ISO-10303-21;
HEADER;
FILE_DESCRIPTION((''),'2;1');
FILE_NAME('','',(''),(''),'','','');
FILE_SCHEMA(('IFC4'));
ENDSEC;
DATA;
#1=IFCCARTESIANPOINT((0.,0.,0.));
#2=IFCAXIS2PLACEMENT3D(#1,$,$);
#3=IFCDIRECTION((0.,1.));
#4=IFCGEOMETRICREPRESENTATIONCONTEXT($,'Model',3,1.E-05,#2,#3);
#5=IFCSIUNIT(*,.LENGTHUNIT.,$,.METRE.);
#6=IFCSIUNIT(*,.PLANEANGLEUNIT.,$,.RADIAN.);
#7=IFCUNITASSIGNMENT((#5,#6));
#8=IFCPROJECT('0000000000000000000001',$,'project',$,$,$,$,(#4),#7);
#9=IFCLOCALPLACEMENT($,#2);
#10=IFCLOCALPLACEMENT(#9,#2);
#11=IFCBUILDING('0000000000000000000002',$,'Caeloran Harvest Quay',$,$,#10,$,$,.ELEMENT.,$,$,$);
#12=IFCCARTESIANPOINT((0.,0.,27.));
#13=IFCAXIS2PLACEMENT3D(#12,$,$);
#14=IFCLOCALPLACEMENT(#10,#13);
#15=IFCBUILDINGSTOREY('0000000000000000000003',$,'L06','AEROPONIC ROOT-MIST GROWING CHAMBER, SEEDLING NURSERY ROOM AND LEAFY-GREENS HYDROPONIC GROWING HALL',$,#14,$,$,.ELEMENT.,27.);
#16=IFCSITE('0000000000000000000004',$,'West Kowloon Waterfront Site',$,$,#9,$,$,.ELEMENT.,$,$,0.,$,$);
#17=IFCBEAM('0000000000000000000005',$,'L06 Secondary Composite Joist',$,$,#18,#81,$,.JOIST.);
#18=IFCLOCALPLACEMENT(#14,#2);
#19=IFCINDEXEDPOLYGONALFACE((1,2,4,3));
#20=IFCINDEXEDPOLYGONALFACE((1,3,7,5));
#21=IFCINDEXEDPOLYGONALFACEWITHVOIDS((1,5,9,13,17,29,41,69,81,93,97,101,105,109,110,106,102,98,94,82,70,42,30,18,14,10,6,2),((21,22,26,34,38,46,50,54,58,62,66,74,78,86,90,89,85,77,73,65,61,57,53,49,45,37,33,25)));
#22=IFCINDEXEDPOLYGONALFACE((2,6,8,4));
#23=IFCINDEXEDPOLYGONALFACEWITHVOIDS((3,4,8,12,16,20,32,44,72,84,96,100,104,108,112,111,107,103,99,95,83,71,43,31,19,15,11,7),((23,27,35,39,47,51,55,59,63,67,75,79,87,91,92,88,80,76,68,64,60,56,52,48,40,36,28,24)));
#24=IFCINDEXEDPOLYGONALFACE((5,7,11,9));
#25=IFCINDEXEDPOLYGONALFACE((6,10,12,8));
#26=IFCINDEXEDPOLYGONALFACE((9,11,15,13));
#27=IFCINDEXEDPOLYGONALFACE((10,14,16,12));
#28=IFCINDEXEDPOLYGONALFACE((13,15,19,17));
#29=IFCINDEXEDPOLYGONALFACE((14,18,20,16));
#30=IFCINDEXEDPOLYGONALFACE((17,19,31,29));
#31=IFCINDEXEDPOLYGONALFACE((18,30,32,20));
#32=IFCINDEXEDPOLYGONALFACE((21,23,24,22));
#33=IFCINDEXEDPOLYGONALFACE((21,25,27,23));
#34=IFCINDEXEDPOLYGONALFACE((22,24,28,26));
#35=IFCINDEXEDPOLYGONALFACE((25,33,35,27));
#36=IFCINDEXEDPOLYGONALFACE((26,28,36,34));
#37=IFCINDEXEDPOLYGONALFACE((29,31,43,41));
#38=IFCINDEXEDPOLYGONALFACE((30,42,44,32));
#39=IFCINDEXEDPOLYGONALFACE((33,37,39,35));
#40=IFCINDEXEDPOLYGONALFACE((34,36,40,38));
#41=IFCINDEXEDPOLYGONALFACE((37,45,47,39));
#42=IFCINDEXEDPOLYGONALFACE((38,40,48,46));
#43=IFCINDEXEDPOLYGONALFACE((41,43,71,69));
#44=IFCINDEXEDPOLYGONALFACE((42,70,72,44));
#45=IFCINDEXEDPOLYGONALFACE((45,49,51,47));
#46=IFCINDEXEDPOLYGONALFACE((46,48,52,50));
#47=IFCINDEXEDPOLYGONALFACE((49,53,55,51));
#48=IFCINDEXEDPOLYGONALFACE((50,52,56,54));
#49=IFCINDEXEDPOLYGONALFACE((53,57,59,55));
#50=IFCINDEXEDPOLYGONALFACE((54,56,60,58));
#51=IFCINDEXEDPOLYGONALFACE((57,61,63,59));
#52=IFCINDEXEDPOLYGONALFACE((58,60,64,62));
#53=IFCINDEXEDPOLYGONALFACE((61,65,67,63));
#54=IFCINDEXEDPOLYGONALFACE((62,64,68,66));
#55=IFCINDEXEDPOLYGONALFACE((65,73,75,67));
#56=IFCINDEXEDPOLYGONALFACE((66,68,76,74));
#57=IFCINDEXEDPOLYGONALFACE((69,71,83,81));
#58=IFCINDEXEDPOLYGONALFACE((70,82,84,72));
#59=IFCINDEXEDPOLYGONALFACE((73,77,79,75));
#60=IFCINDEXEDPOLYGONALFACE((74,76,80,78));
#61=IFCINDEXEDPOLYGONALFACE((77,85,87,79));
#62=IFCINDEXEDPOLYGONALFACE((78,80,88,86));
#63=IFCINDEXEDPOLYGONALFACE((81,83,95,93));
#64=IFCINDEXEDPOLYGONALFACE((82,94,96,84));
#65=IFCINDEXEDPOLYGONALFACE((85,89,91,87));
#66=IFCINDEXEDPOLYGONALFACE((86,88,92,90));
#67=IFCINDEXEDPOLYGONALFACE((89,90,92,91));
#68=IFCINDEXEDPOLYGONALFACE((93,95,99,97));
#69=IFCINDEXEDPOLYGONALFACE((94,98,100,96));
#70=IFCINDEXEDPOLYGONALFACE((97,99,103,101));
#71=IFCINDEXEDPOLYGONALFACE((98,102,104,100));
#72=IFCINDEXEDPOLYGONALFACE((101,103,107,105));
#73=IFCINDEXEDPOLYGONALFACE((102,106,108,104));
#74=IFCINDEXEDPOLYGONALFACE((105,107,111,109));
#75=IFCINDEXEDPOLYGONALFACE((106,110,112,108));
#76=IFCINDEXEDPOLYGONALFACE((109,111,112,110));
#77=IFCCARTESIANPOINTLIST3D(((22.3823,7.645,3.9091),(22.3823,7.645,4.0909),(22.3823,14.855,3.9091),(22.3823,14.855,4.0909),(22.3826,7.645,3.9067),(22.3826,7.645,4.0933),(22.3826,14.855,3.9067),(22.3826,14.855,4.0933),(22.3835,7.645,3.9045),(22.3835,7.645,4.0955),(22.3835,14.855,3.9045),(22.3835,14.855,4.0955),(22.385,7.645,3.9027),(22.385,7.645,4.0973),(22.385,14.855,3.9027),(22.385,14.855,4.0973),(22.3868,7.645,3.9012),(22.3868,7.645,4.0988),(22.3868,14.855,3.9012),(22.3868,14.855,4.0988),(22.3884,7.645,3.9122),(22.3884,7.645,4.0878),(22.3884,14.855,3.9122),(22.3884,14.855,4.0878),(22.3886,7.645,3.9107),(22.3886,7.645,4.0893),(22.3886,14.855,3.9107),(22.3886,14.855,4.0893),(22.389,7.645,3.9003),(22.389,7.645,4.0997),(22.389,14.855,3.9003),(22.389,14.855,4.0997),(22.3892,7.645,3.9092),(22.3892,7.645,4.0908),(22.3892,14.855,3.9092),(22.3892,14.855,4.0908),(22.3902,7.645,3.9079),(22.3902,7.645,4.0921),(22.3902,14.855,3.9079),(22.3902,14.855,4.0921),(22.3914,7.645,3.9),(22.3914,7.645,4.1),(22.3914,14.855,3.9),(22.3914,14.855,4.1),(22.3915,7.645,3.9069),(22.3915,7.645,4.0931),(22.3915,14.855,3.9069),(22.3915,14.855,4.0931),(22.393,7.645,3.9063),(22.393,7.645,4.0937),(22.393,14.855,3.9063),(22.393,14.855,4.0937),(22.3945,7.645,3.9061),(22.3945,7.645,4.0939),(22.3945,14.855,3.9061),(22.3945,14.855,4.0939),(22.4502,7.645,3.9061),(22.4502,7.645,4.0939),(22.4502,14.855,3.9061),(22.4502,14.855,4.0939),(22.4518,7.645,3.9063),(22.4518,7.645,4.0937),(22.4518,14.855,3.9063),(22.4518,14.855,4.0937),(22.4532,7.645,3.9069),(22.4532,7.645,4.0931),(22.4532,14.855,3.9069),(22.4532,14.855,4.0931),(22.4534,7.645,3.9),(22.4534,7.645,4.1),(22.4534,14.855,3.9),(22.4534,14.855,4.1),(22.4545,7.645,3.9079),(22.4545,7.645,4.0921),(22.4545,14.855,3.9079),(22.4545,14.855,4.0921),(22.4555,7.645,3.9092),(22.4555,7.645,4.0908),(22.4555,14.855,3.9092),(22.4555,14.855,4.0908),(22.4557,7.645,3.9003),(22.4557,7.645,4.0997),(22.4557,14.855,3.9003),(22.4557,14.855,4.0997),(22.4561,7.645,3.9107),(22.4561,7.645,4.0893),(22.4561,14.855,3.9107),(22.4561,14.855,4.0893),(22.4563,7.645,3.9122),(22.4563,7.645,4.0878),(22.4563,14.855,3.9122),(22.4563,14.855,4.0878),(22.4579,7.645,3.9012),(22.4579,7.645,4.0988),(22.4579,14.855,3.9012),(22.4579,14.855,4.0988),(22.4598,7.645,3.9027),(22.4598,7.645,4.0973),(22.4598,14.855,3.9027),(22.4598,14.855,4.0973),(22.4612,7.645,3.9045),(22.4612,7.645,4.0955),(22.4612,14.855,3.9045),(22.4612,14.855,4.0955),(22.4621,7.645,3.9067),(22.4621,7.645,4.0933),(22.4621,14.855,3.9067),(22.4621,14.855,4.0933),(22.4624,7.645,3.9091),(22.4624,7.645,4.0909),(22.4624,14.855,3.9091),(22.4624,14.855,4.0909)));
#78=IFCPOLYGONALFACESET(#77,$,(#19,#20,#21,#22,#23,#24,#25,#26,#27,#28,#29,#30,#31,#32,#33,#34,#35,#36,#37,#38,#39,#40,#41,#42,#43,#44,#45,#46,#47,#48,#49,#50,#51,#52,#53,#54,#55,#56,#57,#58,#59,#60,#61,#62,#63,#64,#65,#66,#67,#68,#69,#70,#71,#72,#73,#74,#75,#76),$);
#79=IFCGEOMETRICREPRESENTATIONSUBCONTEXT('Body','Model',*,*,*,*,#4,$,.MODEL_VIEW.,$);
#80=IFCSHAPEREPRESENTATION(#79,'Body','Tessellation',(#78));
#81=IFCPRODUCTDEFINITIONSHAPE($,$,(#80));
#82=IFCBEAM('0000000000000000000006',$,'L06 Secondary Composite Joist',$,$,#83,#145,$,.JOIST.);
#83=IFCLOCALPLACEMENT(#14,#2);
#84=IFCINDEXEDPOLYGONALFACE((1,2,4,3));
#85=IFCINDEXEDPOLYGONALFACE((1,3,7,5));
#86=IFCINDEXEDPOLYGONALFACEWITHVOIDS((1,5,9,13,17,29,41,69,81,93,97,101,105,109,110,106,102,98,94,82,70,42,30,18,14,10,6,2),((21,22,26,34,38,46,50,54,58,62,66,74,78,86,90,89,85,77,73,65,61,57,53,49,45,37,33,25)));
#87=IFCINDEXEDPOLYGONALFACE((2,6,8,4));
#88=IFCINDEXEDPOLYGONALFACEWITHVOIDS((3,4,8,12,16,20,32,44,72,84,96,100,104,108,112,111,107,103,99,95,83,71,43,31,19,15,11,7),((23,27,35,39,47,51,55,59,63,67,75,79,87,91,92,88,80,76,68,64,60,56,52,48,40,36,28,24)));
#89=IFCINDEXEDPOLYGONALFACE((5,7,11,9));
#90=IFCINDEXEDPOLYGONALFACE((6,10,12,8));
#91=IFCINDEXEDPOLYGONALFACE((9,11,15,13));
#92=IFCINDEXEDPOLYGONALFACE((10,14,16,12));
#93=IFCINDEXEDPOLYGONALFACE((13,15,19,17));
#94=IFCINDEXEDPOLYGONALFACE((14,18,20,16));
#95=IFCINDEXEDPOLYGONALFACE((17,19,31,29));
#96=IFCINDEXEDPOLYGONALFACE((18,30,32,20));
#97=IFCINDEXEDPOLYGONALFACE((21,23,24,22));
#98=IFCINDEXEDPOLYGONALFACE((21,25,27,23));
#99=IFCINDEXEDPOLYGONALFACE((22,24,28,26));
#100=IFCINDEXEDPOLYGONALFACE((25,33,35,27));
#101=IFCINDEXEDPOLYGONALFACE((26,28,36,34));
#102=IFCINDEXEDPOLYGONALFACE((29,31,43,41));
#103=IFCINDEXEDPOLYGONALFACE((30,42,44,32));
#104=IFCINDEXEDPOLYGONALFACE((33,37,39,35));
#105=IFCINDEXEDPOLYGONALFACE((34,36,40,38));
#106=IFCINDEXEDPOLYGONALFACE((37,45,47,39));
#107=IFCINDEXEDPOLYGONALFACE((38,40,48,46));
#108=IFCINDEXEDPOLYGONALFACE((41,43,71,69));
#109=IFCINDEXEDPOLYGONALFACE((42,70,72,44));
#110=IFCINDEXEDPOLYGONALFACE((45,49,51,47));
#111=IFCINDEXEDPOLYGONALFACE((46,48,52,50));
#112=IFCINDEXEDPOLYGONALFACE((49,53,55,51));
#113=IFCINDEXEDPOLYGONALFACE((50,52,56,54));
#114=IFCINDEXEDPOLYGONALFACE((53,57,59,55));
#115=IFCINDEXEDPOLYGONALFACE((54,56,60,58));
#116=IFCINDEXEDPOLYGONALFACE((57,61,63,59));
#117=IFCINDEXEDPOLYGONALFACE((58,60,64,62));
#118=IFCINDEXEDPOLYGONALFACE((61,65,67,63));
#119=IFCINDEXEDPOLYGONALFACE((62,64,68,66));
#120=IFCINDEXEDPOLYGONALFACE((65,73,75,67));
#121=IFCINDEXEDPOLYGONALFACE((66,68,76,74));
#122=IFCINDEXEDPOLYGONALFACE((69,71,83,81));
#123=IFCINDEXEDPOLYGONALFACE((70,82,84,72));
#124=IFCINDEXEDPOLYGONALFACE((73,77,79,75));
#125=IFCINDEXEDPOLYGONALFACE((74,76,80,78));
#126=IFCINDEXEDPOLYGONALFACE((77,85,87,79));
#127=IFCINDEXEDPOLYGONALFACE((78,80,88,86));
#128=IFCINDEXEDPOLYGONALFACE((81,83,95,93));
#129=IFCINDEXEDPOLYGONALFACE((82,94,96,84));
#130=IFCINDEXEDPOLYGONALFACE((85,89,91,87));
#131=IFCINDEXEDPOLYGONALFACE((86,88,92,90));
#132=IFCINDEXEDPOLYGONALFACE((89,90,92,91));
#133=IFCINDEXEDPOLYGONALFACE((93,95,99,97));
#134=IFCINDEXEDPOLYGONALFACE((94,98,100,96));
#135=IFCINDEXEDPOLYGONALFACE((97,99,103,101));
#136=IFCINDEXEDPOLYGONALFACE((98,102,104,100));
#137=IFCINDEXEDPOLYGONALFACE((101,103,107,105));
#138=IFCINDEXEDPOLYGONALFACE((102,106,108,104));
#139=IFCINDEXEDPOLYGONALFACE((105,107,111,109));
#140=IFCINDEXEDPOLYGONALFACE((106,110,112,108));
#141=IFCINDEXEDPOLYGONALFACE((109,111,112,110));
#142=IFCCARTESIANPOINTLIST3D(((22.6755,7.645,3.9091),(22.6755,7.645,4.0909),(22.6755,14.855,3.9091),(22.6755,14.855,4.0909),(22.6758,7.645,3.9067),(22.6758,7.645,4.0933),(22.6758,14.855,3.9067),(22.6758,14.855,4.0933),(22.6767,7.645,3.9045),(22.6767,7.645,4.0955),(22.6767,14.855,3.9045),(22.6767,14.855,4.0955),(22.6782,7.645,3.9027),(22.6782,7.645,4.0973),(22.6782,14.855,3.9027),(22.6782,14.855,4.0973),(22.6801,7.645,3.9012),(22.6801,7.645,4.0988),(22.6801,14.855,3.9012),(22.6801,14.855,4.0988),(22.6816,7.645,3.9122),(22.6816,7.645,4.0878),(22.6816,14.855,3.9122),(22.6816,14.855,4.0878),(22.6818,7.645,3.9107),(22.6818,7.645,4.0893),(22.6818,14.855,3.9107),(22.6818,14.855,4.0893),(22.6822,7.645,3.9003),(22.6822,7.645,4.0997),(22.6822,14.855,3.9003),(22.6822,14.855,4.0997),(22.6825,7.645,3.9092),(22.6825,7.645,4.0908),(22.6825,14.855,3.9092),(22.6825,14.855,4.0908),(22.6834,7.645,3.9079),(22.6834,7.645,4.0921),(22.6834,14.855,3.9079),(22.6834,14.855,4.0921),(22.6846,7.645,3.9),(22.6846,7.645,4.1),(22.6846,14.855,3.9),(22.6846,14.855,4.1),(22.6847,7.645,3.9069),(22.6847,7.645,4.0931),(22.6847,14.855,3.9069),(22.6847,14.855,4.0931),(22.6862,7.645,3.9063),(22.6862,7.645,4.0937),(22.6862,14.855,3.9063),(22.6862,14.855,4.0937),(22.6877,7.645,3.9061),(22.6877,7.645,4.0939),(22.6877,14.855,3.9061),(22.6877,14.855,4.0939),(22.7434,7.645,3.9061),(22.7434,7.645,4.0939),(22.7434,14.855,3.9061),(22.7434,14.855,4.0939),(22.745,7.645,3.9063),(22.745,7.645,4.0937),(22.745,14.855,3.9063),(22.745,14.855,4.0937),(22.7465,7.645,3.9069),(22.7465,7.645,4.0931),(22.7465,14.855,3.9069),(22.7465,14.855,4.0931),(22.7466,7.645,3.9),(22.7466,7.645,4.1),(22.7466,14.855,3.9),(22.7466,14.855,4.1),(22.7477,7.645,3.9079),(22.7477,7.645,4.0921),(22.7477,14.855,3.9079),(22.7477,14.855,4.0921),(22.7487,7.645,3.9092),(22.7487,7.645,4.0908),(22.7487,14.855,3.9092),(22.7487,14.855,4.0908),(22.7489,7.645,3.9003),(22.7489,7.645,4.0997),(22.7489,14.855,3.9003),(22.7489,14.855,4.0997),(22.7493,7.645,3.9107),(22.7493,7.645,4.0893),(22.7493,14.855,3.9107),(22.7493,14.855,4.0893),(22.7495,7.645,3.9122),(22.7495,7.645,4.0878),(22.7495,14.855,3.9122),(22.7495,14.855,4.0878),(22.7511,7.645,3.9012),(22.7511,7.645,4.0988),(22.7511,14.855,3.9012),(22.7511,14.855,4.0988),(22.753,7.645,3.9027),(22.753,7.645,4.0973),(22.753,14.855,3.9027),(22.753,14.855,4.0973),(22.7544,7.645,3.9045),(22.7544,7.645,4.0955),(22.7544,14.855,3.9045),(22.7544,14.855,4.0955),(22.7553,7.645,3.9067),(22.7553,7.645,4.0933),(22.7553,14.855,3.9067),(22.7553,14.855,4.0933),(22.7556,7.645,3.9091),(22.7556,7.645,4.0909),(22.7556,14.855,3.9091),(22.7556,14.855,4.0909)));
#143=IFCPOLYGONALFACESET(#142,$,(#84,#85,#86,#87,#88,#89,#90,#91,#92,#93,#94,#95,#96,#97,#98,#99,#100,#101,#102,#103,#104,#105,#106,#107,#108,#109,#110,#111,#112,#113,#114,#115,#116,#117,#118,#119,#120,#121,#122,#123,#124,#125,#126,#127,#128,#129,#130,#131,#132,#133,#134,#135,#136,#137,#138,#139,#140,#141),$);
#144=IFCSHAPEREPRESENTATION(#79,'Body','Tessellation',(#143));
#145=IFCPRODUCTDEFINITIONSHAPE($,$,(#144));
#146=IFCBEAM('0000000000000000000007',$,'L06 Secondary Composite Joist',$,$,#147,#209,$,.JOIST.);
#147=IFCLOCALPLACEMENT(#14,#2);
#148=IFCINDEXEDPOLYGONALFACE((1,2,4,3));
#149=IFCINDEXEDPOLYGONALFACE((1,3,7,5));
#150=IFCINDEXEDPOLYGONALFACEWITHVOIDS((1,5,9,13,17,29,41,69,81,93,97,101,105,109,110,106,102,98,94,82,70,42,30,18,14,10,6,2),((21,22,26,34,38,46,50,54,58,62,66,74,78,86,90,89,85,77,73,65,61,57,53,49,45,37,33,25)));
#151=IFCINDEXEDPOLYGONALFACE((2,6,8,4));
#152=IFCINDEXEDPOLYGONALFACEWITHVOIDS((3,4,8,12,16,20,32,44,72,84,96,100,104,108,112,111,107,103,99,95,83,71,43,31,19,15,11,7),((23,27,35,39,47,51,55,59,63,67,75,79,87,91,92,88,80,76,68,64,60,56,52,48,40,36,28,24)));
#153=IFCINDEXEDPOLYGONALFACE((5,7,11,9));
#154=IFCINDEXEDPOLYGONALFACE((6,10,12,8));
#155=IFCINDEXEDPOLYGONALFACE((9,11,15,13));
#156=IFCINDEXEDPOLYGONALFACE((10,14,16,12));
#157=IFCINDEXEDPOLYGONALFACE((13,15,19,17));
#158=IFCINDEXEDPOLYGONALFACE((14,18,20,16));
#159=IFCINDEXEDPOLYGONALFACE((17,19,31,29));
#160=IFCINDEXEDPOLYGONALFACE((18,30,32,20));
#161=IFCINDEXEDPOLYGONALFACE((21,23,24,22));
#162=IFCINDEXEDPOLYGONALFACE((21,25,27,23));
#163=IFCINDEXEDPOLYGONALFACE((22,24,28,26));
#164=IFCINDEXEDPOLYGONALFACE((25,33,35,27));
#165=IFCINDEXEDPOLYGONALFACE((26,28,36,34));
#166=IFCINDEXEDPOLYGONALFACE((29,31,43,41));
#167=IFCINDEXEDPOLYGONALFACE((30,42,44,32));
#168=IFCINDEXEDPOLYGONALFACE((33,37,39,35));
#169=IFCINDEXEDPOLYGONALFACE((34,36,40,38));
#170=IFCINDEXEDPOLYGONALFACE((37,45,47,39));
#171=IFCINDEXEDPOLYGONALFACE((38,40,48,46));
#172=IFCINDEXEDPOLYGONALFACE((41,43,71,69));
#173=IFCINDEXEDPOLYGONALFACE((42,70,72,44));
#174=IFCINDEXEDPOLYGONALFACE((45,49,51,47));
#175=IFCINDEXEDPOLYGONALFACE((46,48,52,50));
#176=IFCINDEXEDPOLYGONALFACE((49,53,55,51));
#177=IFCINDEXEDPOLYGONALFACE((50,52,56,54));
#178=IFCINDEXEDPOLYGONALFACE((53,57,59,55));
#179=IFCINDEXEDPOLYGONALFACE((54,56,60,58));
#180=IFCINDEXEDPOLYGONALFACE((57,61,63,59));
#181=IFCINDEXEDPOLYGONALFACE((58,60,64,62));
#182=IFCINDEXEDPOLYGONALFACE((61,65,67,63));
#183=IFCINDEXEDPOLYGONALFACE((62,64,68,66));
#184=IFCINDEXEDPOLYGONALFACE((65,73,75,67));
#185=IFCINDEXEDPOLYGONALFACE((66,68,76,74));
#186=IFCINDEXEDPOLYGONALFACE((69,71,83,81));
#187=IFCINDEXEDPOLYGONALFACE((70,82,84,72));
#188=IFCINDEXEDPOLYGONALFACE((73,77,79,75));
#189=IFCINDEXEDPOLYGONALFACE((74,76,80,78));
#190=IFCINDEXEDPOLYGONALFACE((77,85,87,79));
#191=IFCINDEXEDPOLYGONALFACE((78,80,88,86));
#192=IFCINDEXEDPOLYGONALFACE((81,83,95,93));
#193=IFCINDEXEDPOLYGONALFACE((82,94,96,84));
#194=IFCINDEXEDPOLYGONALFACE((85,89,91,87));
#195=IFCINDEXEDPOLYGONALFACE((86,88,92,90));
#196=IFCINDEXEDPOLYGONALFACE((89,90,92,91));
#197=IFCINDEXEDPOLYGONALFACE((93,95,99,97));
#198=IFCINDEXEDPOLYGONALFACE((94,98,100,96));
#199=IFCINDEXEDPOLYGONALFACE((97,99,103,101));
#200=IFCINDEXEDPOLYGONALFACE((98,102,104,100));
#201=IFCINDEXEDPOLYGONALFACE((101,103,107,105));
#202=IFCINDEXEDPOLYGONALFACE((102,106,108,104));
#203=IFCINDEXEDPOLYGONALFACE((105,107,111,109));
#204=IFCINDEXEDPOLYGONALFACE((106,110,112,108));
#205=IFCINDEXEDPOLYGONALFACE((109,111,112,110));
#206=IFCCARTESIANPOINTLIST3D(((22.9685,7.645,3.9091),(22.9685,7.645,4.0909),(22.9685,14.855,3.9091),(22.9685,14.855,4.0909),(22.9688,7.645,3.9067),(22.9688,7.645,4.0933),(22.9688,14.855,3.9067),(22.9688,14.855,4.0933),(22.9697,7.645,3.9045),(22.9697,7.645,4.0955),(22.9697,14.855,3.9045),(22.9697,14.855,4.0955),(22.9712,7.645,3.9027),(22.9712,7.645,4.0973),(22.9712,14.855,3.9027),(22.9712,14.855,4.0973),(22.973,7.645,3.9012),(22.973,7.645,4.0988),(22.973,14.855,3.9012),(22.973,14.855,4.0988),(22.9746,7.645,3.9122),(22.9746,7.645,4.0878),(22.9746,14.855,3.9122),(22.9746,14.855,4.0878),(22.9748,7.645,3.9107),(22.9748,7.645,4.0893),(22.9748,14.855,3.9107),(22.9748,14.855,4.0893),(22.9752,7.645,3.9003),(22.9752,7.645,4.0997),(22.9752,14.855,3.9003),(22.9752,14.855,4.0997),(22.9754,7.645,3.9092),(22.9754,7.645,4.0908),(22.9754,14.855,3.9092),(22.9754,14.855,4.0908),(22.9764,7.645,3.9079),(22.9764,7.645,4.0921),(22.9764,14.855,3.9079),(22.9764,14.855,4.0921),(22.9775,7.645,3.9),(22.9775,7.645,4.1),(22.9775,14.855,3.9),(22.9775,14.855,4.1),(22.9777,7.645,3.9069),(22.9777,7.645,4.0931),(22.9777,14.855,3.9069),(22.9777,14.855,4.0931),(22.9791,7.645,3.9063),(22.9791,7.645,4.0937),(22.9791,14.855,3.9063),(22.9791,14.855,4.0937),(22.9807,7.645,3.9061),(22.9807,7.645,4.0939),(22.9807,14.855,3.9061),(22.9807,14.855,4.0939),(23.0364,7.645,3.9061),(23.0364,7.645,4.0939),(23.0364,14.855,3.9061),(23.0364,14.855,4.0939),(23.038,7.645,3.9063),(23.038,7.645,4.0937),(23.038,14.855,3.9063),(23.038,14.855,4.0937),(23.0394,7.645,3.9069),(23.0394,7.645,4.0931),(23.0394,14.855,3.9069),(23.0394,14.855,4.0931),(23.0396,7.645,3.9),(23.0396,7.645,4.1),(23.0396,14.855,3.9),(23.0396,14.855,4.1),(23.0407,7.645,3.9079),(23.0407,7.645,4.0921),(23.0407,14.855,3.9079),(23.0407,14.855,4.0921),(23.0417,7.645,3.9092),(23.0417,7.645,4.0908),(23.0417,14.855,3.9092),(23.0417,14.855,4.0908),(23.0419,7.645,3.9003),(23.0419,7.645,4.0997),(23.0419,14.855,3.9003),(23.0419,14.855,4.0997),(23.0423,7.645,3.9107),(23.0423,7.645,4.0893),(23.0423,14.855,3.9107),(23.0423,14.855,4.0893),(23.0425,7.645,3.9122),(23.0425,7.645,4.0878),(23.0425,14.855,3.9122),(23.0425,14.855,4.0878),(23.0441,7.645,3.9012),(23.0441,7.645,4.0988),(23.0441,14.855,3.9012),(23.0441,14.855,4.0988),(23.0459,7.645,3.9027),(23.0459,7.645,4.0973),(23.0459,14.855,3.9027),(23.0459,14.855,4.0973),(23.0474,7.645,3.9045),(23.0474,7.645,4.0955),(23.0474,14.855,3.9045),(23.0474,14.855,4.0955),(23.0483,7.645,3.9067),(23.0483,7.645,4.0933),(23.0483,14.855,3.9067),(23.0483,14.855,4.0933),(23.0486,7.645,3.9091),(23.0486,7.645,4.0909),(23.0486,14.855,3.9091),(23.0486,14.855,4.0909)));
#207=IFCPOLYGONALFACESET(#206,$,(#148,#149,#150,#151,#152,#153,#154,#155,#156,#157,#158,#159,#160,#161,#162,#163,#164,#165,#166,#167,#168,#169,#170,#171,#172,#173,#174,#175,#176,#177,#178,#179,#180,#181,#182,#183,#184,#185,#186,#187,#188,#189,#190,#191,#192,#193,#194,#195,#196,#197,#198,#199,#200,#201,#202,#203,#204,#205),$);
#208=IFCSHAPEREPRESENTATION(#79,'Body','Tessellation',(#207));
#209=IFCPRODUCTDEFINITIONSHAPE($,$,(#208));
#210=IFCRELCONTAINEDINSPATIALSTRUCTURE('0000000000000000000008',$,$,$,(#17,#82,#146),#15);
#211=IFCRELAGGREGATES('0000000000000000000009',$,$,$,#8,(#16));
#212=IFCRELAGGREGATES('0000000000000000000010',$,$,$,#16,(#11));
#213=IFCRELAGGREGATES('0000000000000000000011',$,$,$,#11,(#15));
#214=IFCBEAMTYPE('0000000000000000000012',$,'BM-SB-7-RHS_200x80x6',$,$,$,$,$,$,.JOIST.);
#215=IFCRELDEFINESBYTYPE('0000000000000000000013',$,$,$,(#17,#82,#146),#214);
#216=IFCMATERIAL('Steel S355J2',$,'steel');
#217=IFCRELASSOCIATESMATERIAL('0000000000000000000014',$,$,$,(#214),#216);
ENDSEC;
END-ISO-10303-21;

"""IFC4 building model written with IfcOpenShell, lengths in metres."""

from ifc_helpers import new_model, si_unit, direction, frame, origin, origin_2d, place, context, subcontext, project, spatial, hollow_rectangle, extrude, material, material_profile, profile_set, type_object, element, save


model = new_model("IFC4")

# Units and contexts
model_context = context("Model", 3, precision=1e-05, world=origin(), true_north=direction((0.0, 1.0)))
body_context = subcontext(model_context, "Body", "Model", "MODEL_VIEW")
ifc_project = project(units=[si_unit("LENGTHUNIT", "METRE"), si_unit("PLANEANGLEUNIT", "RADIAN")], contexts=[model_context])

# Site, building, storey
site_placement = place(None, origin())
site = spatial("IfcSite", under=ifc_project, at=site_placement, Name="West Kowloon Waterfront Site", CompositionType="ELEMENT", RefElevation=0.0)
building_placement = place(site_placement, origin())
building = spatial("IfcBuilding", under=site, at=building_placement, Name="Caeloran Harvest Quay", CompositionType="ELEMENT")
storey_placement = place(building_placement, frame((0.0, 0.0, 27.0)))
storey = spatial("IfcBuildingStorey", under=building, at=storey_placement, Name="L06", Description="AEROPONIC ROOT-MIST GROWING CHAMBER, SEEDLING NURSERY ROOM AND LEAFY-GREENS HYDROPONIC GROWING HALL", CompositionType="ELEMENT", Elevation=27.0)

# Beams
ifc_material_1 = material(Name="Steel S355J2", Category="steel")
ifc_material_profile_1 = material_profile(ifc_material_1, hollow_rectangle(XDim=0.0801, YDim=0.2, WallThickness=0.0061, InnerFilletRadius=0.0061, OuterFilletRadius=0.009, at=origin_2d()), Name="RHS 200x80x6")
ifc_profile_set_1 = profile_set([ifc_material_profile_1], Name="Steel S355J2")
beam_type_1 = type_object("IfcBeamType", Name="BM-SB-7-RHS_200x80x6", PredefinedType="JOIST", material=ifc_profile_set_1)
for number, where, z_axis, x_axis, name in (
    (1, (22.4224, 7.645, 4.0), (0.0, 1.0, 0.0), (-1.0, 0.0, 0.0), "L06 Secondary Composite Joist"),
    (2, (22.7156, 7.645, 4.0), (0.0, 1.0, 0.0), (-1.0, 0.0, 0.0), "L06 Secondary Composite Joist"),
    (3, (23.0085, 7.645, 4.0), (0.0, 1.0, 0.0), (-1.0, 0.0, 0.0), "L06 Secondary Composite Joist"),
):
    element("IfcBeam", number, at=place(storey_placement, frame(where, z_axis=z_axis, x_axis=x_axis)), inside=storey, type_object=beam_type_1, Name=name, PredefinedType="JOIST", context=body_context, shape_type="SweptSolid", body=[
        extrude(hollow_rectangle(XDim=0.0801, YDim=0.2, WallThickness=0.0061, InnerFilletRadius=0.0061, OuterFilletRadius=0.009, at=origin_2d()), origin(), (0.0, 0.0, 1.0), 7.21),
    ])

save(model, "model.ifc")
